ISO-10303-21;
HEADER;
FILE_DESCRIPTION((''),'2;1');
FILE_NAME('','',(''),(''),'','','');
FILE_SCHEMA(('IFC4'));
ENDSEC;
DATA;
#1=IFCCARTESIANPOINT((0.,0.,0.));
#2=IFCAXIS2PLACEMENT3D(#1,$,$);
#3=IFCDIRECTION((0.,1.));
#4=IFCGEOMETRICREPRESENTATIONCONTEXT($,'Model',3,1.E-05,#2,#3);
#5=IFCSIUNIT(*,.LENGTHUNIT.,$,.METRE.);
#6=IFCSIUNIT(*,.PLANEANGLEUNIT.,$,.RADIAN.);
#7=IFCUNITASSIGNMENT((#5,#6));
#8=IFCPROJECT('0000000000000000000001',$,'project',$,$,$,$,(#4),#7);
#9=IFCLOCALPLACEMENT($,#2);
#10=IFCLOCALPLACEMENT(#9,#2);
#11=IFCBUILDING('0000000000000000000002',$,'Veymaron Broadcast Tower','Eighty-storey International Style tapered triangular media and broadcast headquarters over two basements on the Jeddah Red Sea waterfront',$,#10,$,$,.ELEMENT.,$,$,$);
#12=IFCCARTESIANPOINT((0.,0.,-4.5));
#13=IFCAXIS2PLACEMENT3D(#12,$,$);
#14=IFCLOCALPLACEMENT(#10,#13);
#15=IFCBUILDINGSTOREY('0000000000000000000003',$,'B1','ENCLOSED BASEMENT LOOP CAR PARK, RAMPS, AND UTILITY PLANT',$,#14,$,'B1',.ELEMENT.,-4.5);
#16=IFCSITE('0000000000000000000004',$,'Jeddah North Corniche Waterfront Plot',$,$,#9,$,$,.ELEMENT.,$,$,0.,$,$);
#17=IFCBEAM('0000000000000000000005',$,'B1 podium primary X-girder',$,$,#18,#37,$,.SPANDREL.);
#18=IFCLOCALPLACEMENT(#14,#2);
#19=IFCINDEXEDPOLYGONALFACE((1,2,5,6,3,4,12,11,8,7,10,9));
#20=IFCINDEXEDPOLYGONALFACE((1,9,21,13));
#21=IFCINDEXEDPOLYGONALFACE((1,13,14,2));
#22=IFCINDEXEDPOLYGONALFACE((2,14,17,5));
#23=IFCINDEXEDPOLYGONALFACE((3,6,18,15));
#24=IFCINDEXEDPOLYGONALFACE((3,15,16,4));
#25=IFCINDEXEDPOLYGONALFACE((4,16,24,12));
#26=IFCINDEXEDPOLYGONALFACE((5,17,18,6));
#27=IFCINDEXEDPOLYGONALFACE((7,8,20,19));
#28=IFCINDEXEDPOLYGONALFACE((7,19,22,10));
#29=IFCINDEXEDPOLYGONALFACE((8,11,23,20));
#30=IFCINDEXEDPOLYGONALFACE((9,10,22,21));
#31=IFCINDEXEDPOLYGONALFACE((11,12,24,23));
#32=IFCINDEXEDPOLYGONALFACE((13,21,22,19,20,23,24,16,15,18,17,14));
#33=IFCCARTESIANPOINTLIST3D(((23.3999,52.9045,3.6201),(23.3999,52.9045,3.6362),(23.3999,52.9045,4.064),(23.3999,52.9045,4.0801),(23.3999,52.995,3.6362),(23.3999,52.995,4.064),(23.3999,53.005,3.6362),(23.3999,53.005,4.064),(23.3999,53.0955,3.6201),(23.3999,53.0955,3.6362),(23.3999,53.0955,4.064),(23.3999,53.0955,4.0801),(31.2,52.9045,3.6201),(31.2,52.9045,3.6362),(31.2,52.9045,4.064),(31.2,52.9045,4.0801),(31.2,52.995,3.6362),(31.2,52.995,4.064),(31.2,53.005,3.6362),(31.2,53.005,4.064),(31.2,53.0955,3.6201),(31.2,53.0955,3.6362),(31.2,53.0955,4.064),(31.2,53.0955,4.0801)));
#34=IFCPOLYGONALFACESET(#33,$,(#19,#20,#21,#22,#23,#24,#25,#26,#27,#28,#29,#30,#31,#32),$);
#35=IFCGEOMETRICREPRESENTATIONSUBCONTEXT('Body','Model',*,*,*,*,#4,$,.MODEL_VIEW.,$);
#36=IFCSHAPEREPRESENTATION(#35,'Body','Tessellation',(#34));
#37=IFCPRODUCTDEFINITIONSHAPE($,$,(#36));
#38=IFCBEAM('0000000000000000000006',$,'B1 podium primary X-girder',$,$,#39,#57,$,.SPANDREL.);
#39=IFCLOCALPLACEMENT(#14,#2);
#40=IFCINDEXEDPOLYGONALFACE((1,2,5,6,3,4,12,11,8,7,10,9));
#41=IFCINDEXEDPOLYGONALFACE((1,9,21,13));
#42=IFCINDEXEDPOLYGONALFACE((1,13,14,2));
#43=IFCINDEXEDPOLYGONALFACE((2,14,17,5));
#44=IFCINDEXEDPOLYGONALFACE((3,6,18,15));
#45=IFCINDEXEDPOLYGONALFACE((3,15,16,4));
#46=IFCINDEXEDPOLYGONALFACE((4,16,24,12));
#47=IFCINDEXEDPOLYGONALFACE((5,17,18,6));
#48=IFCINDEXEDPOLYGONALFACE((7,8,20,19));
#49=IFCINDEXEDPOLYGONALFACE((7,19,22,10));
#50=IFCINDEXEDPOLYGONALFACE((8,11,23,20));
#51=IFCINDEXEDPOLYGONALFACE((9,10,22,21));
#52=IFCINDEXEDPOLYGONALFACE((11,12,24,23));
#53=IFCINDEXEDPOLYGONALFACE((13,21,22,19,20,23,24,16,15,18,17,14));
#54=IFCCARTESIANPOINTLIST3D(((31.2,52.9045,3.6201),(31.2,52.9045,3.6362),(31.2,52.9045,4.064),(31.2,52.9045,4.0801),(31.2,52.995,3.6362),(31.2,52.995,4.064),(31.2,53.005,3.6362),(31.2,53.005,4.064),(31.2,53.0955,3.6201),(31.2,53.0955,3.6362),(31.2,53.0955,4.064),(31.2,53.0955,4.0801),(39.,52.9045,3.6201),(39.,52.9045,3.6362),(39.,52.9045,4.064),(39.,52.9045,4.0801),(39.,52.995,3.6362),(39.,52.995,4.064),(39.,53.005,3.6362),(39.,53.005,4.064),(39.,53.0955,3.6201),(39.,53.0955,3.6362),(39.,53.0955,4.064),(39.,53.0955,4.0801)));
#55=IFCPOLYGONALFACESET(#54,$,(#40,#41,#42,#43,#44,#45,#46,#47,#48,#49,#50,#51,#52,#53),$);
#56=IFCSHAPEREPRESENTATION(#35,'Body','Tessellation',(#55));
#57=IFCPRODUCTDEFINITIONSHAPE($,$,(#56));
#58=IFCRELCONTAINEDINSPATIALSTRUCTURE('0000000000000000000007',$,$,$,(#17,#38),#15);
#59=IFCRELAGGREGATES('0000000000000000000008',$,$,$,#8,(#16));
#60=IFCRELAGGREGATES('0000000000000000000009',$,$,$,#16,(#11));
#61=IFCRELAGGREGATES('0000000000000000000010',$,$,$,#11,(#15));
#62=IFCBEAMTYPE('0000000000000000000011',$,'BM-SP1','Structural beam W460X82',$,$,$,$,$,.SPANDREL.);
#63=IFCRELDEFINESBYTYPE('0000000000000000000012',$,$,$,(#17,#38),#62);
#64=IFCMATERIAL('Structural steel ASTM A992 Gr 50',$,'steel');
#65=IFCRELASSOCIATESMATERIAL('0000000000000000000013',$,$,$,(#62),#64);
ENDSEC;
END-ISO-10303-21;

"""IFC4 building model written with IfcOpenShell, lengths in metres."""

from ifc_helpers import new_model, si_unit, direction, frame, origin, origin_2d, place, context, subcontext, project, spatial, i_section, extrude, material, material_profile, profile_set, type_object, element, save


model = new_model("IFC4")

# Units and contexts
model_context = context("Model", 3, precision=1e-05, world=origin(), true_north=direction((0.0, 1.0)))
body_context = subcontext(model_context, "Body", "Model", "MODEL_VIEW")
ifc_project = project(units=[si_unit("LENGTHUNIT", "METRE"), si_unit("PLANEANGLEUNIT", "RADIAN")], contexts=[model_context])

# Site, building, storey
site_placement = place(None, origin())
site = spatial("IfcSite", under=ifc_project, at=site_placement, Name="Jeddah North Corniche Waterfront Plot", CompositionType="ELEMENT", RefElevation=0.0)
building_placement = place(site_placement, origin())
building = spatial("IfcBuilding", under=site, at=building_placement, Name="Veymaron Broadcast Tower", Description="Eighty-storey International Style tapered triangular media and broadcast headquarters over two basements on the Jeddah Red Sea waterfront", CompositionType="ELEMENT")
storey_placement = place(building_placement, frame((0.0, 0.0, -4.5)))
storey = spatial("IfcBuildingStorey", under=building, at=storey_placement, Name="B1", Description="ENCLOSED BASEMENT LOOP CAR PARK, RAMPS, AND UTILITY PLANT", LongName="B1", CompositionType="ELEMENT", Elevation=-4.5)

# Beams
ifc_material_1 = material(Name="Structural steel ASTM A992 Gr 50", Category="steel")
ifc_material_profile_1 = material_profile(ifc_material_1, i_section(OverallWidth=0.1909, OverallDepth=0.46, WebThickness=0.01, FlangeThickness=0.0161, at=origin_2d()), Name="W460X82")
ifc_profile_set_1 = profile_set([ifc_material_profile_1], Name="Structural steel ASTM A992 Gr 50")
beam_type_1 = type_object("IfcBeamType", Name="BM-SP1", Description="Structural beam W460X82", PredefinedType="SPANDREL", material=ifc_profile_set_1)
for number, where, z_axis, x_axis, name in (
    (1, (23.3999, 53.0, 3.8501), (1.0, 0.0, 0.0), (0.0, 1.0, 0.0), "B1 podium primary X-girder"),
    (2, (31.2, 53.0, 3.8501), (1.0, 0.0, 0.0), (0.0, 1.0, 0.0), "B1 podium primary X-girder"),
):
    element("IfcBeam", number, at=place(storey_placement, frame(where, z_axis=z_axis, x_axis=x_axis)), inside=storey, type_object=beam_type_1, Name=name, PredefinedType="SPANDREL", context=body_context, shape_type="SweptSolid", body=[
        extrude(i_section(OverallWidth=0.1909, OverallDepth=0.46, WebThickness=0.01, FlangeThickness=0.0161, at=origin_2d()), origin(), (0.0, 0.0, 1.0), 7.8),
    ])

save(model, "model.ifc")
